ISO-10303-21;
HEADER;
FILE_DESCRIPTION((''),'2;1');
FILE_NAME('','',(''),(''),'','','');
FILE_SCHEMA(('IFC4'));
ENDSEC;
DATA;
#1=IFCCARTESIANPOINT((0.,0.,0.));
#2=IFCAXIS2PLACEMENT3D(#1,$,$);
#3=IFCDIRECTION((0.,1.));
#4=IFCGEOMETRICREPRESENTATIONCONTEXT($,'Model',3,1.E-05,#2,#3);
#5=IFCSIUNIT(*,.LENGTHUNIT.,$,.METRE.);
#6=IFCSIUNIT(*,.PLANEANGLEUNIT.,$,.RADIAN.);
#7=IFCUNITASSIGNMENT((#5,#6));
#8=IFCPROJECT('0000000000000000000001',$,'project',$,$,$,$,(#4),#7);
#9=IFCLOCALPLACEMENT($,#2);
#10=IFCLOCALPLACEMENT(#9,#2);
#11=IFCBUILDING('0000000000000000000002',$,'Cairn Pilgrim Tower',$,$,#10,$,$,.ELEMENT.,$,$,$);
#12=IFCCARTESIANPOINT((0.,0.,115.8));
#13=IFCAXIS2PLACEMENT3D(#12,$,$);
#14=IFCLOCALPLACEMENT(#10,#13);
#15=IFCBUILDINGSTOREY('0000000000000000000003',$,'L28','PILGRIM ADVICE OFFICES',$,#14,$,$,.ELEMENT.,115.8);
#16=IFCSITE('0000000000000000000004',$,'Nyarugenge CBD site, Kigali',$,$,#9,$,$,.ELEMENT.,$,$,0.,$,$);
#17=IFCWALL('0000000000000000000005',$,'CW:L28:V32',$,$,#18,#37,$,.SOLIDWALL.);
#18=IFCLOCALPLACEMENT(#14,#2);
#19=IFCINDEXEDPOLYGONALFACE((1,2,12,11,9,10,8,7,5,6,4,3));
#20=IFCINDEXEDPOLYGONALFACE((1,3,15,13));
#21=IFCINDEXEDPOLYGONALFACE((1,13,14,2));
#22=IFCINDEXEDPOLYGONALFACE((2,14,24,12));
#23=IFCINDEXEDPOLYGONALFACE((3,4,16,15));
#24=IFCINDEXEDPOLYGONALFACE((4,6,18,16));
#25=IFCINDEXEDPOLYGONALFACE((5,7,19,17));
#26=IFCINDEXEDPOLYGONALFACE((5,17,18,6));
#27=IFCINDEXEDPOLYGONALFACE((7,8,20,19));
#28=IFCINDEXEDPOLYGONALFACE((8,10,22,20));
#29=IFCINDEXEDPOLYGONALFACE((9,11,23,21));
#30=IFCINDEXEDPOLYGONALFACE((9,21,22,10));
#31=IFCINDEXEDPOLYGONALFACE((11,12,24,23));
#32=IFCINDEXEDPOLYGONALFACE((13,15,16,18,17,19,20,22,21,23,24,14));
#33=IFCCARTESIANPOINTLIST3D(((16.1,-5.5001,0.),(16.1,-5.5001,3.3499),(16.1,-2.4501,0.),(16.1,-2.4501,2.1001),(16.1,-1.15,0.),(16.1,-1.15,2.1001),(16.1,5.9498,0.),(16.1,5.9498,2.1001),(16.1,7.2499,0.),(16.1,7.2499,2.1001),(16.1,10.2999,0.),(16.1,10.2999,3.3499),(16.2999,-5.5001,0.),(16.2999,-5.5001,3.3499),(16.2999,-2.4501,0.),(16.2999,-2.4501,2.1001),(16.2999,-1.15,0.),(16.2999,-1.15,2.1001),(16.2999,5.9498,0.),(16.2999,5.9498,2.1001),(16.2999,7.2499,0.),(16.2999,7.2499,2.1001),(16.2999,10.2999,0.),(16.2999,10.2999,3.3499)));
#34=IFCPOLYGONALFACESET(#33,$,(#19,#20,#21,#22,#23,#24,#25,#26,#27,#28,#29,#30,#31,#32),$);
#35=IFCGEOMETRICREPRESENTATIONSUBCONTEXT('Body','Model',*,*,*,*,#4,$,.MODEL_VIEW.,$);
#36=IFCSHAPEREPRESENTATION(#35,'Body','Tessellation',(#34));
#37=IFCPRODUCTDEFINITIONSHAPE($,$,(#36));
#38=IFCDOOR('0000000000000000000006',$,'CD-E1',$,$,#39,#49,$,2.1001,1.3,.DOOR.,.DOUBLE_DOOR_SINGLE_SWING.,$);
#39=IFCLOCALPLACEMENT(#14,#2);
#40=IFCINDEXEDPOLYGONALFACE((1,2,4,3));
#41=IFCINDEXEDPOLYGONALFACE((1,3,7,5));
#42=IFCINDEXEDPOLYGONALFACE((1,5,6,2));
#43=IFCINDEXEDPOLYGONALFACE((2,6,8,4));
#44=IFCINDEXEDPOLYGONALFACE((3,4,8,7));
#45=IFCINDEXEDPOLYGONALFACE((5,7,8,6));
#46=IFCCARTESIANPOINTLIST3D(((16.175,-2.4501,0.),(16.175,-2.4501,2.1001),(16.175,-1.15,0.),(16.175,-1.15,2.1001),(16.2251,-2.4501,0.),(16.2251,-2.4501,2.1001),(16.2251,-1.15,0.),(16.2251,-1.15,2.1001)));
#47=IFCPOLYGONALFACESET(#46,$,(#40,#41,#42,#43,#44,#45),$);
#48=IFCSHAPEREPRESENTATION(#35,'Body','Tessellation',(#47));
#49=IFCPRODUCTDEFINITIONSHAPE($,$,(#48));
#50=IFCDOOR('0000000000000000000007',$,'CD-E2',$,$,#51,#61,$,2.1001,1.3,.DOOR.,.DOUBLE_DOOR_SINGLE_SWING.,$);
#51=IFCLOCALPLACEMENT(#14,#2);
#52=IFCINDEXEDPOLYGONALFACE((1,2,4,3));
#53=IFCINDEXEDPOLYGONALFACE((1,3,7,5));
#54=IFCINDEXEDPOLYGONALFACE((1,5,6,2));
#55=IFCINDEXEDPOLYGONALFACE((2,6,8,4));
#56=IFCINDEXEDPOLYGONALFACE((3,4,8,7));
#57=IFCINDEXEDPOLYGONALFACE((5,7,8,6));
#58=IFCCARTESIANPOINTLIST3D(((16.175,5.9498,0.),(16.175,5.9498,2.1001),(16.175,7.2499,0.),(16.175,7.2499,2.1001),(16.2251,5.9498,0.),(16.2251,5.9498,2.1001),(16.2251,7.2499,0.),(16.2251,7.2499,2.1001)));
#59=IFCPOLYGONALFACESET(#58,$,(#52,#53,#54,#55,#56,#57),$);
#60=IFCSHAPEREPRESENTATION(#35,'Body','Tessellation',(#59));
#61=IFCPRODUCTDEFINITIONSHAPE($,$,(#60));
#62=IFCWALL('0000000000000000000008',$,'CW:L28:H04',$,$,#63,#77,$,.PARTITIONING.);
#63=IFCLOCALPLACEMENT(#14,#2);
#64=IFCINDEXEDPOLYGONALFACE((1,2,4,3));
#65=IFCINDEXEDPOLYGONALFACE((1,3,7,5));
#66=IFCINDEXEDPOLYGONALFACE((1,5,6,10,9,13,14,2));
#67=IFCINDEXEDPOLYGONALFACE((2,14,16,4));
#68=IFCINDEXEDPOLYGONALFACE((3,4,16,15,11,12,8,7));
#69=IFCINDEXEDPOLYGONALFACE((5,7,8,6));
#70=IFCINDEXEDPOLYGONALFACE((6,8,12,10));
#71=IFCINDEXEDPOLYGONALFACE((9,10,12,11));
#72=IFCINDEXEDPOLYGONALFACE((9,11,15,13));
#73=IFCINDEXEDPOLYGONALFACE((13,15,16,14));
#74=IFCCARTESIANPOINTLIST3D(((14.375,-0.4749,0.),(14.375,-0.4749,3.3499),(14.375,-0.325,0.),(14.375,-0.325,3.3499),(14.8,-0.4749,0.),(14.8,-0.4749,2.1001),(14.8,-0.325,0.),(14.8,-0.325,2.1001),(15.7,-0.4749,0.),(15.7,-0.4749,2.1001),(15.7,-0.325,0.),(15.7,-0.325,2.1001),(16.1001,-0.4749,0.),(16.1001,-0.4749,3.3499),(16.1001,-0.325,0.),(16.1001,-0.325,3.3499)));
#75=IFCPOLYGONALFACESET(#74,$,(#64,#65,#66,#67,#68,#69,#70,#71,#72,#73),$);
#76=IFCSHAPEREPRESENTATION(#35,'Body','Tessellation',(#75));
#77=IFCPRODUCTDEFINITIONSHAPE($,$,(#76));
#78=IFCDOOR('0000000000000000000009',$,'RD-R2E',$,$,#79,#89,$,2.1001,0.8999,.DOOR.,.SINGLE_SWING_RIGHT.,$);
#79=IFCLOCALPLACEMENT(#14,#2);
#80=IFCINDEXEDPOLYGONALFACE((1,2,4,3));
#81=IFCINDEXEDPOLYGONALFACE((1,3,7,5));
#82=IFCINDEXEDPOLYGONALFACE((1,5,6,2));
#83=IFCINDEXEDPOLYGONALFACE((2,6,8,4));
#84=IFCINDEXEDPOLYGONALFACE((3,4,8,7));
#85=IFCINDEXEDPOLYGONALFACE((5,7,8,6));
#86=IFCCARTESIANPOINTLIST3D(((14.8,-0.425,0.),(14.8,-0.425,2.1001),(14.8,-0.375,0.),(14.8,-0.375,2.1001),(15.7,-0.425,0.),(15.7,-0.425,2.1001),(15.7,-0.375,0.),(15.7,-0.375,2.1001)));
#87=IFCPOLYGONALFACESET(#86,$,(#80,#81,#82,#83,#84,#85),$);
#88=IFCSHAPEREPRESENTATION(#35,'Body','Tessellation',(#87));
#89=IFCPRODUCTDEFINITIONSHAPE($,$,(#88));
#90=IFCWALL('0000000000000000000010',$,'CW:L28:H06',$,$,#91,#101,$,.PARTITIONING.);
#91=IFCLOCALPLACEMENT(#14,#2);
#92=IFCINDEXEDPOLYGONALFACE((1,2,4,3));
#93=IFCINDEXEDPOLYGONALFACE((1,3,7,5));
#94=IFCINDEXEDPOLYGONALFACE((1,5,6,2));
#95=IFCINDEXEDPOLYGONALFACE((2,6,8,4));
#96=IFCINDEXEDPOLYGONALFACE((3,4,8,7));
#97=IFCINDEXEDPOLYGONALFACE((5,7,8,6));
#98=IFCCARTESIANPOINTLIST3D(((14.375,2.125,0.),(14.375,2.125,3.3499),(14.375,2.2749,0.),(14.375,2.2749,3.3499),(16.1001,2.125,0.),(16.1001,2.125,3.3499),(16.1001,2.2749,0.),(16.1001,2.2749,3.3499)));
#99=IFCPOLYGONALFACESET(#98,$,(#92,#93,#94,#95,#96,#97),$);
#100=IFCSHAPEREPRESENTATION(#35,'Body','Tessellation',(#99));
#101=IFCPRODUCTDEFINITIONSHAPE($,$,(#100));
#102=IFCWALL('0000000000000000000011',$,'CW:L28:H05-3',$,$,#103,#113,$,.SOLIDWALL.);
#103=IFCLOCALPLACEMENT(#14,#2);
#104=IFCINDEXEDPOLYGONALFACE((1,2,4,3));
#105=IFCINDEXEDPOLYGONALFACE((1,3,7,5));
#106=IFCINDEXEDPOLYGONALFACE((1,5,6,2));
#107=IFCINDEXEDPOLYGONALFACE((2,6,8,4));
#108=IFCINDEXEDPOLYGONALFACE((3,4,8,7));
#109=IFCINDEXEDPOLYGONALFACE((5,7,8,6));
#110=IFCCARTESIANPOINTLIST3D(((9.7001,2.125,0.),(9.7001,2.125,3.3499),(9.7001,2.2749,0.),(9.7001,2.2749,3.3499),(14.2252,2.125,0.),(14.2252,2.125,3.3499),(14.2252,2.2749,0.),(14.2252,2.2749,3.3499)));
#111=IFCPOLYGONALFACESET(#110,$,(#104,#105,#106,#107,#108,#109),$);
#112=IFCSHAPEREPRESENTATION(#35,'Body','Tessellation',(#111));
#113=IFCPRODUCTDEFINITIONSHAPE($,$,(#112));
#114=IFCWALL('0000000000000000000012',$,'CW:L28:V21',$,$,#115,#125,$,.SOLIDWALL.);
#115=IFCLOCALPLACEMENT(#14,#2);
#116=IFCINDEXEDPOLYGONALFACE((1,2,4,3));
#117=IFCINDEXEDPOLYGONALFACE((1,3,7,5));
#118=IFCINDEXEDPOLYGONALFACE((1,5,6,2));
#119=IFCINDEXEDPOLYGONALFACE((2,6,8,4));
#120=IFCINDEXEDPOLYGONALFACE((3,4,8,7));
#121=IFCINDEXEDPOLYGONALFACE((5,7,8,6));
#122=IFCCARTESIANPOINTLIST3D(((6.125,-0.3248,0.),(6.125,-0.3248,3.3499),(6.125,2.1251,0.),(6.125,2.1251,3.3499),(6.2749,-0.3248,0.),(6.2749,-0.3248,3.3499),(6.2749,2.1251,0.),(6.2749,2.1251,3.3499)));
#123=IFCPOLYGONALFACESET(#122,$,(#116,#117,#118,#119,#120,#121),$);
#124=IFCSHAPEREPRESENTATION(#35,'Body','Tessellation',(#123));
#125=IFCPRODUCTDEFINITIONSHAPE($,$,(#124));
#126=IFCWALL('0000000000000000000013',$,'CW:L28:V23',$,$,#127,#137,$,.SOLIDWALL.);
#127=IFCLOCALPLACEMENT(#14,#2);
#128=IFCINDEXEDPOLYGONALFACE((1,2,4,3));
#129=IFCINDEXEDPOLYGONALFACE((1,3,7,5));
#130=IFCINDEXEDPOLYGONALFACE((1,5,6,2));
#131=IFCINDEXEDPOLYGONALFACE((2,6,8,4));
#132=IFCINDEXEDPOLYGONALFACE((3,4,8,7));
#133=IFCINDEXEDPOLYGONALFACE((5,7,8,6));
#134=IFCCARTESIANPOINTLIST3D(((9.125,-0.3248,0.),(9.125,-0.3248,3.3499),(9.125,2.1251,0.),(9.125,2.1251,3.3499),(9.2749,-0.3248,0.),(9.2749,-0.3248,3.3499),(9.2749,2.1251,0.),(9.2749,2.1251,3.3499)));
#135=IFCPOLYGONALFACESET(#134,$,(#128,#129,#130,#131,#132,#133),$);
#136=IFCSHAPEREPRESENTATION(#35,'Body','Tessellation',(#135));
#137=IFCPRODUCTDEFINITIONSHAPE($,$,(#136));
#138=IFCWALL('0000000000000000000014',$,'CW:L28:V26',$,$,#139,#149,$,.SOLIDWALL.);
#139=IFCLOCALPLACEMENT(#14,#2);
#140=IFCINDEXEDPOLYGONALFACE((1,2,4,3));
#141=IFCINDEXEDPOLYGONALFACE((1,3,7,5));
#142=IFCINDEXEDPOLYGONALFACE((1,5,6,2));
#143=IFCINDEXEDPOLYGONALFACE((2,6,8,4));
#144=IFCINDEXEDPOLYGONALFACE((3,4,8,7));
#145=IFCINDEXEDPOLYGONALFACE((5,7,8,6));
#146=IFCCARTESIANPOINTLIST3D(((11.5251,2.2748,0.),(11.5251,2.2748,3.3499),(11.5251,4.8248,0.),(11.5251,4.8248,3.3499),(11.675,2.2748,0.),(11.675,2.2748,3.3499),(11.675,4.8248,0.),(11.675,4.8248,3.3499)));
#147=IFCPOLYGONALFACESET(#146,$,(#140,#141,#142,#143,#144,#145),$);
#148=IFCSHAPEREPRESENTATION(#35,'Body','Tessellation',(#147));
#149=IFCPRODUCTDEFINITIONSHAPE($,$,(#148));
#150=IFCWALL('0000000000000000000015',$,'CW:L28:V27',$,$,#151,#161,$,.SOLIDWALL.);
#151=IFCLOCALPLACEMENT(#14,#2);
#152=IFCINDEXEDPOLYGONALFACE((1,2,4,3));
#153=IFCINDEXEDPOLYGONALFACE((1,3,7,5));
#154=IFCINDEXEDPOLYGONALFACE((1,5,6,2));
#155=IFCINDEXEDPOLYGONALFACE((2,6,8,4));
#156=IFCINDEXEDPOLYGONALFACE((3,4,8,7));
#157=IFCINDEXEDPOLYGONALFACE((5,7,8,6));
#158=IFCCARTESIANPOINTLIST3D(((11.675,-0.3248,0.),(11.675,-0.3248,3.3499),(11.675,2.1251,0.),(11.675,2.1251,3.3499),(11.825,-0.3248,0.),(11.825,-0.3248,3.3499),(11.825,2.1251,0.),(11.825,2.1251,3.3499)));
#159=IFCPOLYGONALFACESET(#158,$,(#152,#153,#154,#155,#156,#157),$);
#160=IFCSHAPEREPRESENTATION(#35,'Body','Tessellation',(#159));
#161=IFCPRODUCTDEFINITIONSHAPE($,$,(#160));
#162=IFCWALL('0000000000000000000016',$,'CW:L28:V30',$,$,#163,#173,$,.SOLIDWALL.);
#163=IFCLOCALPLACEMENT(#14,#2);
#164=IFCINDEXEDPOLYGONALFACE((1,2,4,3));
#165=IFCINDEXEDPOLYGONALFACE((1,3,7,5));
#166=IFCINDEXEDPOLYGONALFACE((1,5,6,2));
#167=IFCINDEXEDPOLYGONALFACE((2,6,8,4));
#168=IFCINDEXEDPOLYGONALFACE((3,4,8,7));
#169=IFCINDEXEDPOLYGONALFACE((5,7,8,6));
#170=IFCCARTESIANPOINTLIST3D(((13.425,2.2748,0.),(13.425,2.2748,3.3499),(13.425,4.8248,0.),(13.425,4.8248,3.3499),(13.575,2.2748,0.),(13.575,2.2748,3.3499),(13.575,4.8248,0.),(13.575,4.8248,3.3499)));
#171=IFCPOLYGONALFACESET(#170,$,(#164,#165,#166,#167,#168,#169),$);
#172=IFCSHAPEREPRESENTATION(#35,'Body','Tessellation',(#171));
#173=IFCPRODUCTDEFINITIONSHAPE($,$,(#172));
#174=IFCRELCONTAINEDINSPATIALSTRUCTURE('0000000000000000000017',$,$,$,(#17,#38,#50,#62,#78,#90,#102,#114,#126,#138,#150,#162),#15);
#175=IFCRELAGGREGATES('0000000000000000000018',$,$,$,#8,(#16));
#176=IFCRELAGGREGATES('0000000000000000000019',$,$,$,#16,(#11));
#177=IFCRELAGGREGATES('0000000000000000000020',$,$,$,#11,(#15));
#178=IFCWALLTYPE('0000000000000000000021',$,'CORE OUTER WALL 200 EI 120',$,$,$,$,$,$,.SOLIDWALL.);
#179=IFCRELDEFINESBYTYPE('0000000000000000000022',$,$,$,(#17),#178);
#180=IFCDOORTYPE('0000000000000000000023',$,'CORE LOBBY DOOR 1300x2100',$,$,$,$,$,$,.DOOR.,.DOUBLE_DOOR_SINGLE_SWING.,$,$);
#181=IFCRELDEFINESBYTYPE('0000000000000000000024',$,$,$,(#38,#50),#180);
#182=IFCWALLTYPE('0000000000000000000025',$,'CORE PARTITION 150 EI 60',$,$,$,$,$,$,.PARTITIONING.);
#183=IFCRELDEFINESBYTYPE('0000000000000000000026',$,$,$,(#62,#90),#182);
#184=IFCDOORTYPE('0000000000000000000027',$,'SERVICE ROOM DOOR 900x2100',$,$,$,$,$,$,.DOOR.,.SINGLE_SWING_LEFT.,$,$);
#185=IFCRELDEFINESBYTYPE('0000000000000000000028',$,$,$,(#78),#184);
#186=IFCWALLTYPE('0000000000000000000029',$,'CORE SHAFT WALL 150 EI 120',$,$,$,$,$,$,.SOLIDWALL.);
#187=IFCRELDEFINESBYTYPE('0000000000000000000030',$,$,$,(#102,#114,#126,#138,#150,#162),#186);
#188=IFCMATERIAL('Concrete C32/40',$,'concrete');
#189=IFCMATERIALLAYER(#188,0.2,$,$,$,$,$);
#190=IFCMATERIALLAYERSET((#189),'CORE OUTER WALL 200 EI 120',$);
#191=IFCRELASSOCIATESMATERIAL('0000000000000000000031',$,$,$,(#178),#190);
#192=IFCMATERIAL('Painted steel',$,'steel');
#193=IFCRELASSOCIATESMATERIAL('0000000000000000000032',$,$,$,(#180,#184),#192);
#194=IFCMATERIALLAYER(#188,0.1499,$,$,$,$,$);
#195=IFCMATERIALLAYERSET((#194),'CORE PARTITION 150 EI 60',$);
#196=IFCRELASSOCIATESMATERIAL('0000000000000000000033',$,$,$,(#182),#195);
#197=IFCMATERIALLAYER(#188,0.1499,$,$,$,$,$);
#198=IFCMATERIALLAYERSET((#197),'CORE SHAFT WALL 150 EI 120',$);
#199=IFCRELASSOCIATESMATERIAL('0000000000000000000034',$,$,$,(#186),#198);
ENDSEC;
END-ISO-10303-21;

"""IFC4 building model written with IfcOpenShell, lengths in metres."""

from ifc_helpers import new_model, si_unit, direction, frame, frame_2d, origin, place, context, subcontext, project, spatial, rectangle, extrude, material, layer, layer_set, type_object, element, fill, save


model = new_model("IFC4")

# Units and contexts
model_context = context("Model", 3, precision=1e-05, world=origin(), true_north=direction((0.0, 1.0)))
body_context = subcontext(model_context, "Body", "Model", "MODEL_VIEW")
ifc_project = project(units=[si_unit("LENGTHUNIT", "METRE"), si_unit("PLANEANGLEUNIT", "RADIAN")], contexts=[model_context])

# Site, building, storey
site_placement = place(None, origin())
site = spatial("IfcSite", under=ifc_project, at=site_placement, Name="Nyarugenge CBD site, Kigali", CompositionType="ELEMENT", RefElevation=0.0)
building_placement = place(site_placement, origin())
building = spatial("IfcBuilding", under=site, at=building_placement, Name="Cairn Pilgrim Tower", CompositionType="ELEMENT")
storey_placement = place(building_placement, frame((0.0, 0.0, 115.8)))
storey = spatial("IfcBuildingStorey", under=building, at=storey_placement, Name="L28", Description="PILGRIM ADVICE OFFICES", CompositionType="ELEMENT", Elevation=115.8)

# Shared definitions
ifc_material_1 = material(Name="Concrete C32/40", Category="concrete")
ifc_layer_1 = layer(ifc_material_1, 0.2)
ifc_layer_set_1 = layer_set([ifc_layer_1], Name="CORE OUTER WALL 200 EI 120")
wall_type_1 = type_object("IfcWallType", Name="CORE OUTER WALL 200 EI 120", PredefinedType="SOLIDWALL", material=ifc_layer_set_1)

# Wall, openings, doors
wall_1_placement = place(storey_placement, frame((16.2, -5.5, 0.0), z_axis=(0.0, 0.0, 1.0), x_axis=(0.0, 1.0, 0.0)))
wall_1 = element("IfcWall", 1, at=wall_1_placement, inside=storey, type_object=wall_type_1, Name="CW:L28:V32", PredefinedType="SOLIDWALL", context=body_context, shape_type="SweptSolid", body=[
    extrude(rectangle(XDim=15.8, YDim=0.2, at=frame_2d((7.8999, 0.0))), origin(), (0.0, 0.0, 1.0), 3.3499),
])
opening_1_placement = place(wall_1_placement, frame((3.05, 0.0, 0.0)))
opening_1 = element("IfcOpeningElement", 2, at=opening_1_placement, cuts=wall_1, PredefinedType="OPENING", context=body_context, shape_type="SweptSolid", body=[
    extrude(rectangle(XDim=1.3, YDim=2.1001, at=frame_2d((0.6499, 1.05))), frame((0.0, 0.1099, 0.0), z_axis=(0.0, -1.0, 0.0), x_axis=(1.0, 0.0, 0.0)), (0.0, 0.0, 1.0), 0.22),
])
opening_2_placement = place(wall_1_placement, frame((11.45, 0.0, 0.0)))
opening_2 = element("IfcOpeningElement", 3, at=opening_2_placement, cuts=wall_1, PredefinedType="OPENING", context=body_context, shape_type="SweptSolid", body=[
    extrude(rectangle(XDim=1.3, YDim=2.1001, at=frame_2d((0.6499, 1.05))), frame((0.0, 0.1099, 0.0), z_axis=(0.0, -1.0, 0.0), x_axis=(1.0, 0.0, 0.0)), (0.0, 0.0, 1.0), 0.22),
])
ifc_material_2 = material(Name="Painted steel", Category="steel")
door_type_1 = type_object("IfcDoorType", Name="CORE LOBBY DOOR 1300x2100", OperationType="DOUBLE_DOOR_SINGLE_SWING", PredefinedType="DOOR", material=ifc_material_2)
door_1_placement = place(opening_1_placement, origin())
door_1 = element("IfcDoor", 4, at=door_1_placement, inside=storey, type_object=door_type_1, Name="CD-E1", OperationType="DOUBLE_DOOR_SINGLE_SWING", OverallHeight=2.1001, OverallWidth=1.3, PredefinedType="DOOR", context=body_context, shape_type="SweptSolid", body=[
    extrude(rectangle(XDim=1.3, YDim=2.1001, at=frame_2d((0.6499, 1.05))), frame((0.0, 0.0249, 0.0), z_axis=(0.0, -1.0, 0.0), x_axis=(1.0, 0.0, 0.0)), (0.0, 0.0, 1.0), 0.05),
])
fill(opening_1, door_1)
door_2_placement = place(opening_2_placement, origin())
door_2 = element("IfcDoor", 5, at=door_2_placement, inside=storey, type_object=door_type_1, Name="CD-E2", OperationType="DOUBLE_DOOR_SINGLE_SWING", OverallHeight=2.1001, OverallWidth=1.3, PredefinedType="DOOR", context=body_context, shape_type="SweptSolid", body=[
    extrude(rectangle(XDim=1.3, YDim=2.1001, at=frame_2d((0.6499, 1.05))), frame((0.0, 0.0249, 0.0), z_axis=(0.0, -1.0, 0.0), x_axis=(1.0, 0.0, 0.0)), (0.0, 0.0, 1.0), 0.05),
])
fill(opening_2, door_2)

# Wall, opening, door
ifc_layer_2 = layer(ifc_material_1, 0.1499)
ifc_layer_set_2 = layer_set([ifc_layer_2], Name="CORE PARTITION 150 EI 60")
wall_type_2 = type_object("IfcWallType", Name="CORE PARTITION 150 EI 60", PredefinedType="PARTITIONING", material=ifc_layer_set_2)
wall_2_placement = place(storey_placement, frame((14.375, -0.3999, 0.0), z_axis=(0.0, 0.0, 1.0), x_axis=(1.0, 0.0, 0.0)))
wall_2 = element("IfcWall", 6, at=wall_2_placement, inside=storey, type_object=wall_type_2, Name="CW:L28:H04", PredefinedType="PARTITIONING", context=body_context, shape_type="SweptSolid", body=[
    extrude(rectangle(XDim=1.7251, YDim=0.1499, at=frame_2d((0.8625, 0.0))), origin(), (0.0, 0.0, 1.0), 3.3499),
])
opening_3_placement = place(wall_2_placement, frame((0.425, 0.0, 0.0)))
opening_3 = element("IfcOpeningElement", 7, at=opening_3_placement, cuts=wall_2, PredefinedType="OPENING", context=body_context, shape_type="SweptSolid", body=[
    extrude(rectangle(XDim=0.8999, YDim=2.1001, at=frame_2d((0.45, 1.05))), frame((0.0, 0.085, 0.0), z_axis=(0.0, -1.0, 0.0), x_axis=(1.0, 0.0, 0.0)), (0.0, 0.0, 1.0), 0.1699),
])
door_type_2 = type_object("IfcDoorType", Name="SERVICE ROOM DOOR 900x2100", OperationType="SINGLE_SWING_LEFT", PredefinedType="DOOR", material=ifc_material_2)
door_3_placement = place(opening_3_placement, origin())
door_3 = element("IfcDoor", 8, at=door_3_placement, inside=storey, type_object=door_type_2, Name="RD-R2E", OperationType="SINGLE_SWING_RIGHT", OverallHeight=2.1001, OverallWidth=0.8999, PredefinedType="DOOR", context=body_context, shape_type="SweptSolid", body=[
    extrude(rectangle(XDim=0.8999, YDim=2.1001, at=frame_2d((0.45, 1.05))), frame((0.0, 0.0249, 0.0), z_axis=(0.0, -1.0, 0.0), x_axis=(1.0, 0.0, 0.0)), (0.0, 0.0, 1.0), 0.05),
])
fill(opening_3, door_3)

# Walls
wall_3_placement = place(storey_placement, frame((14.375, 2.2, 0.0), z_axis=(0.0, 0.0, 1.0), x_axis=(1.0, 0.0, 0.0)))
element("IfcWall", 9, at=wall_3_placement, inside=storey, type_object=wall_type_2, Name="CW:L28:H06", PredefinedType="PARTITIONING", context=body_context, shape_type="SweptSolid", body=[
    extrude(rectangle(XDim=1.7251, YDim=0.1499, at=frame_2d((0.8625, 0.0))), origin(), (0.0, 0.0, 1.0), 3.3499),
])
ifc_layer_3 = layer(ifc_material_1, 0.1499)
ifc_layer_set_3 = layer_set([ifc_layer_3], Name="CORE SHAFT WALL 150 EI 120")
wall_type_3 = type_object("IfcWallType", Name="CORE SHAFT WALL 150 EI 120", PredefinedType="SOLIDWALL", material=ifc_layer_set_3)
wall_4_placement = place(storey_placement, frame((9.7, 2.2, 0.0), z_axis=(0.0, 0.0, 1.0), x_axis=(1.0, 0.0, 0.0)))
element("IfcWall", 10, at=wall_4_placement, inside=storey, type_object=wall_type_3, Name="CW:L28:H05-3", PredefinedType="SOLIDWALL", context=body_context, shape_type="SweptSolid", body=[
    extrude(rectangle(XDim=4.5251, YDim=0.1499, at=frame_2d((2.2627, 0.0))), origin(), (0.0, 0.0, 1.0), 3.3499),
])
for number, where, z_axis, x_axis, name in (
    (11, (6.2, -0.325, 0.0), (0.0, 0.0, 1.0), (0.0, 1.0, 0.0), "CW:L28:V21"),
    (12, (9.2, -0.325, 0.0), (0.0, 0.0, 1.0), (0.0, 1.0, 0.0), "CW:L28:V23"),
):
    element("IfcWall", number, at=place(storey_placement, frame(where, z_axis=z_axis, x_axis=x_axis)), inside=storey, type_object=wall_type_3, Name=name, PredefinedType="SOLIDWALL", context=body_context, shape_type="SweptSolid", body=[
        extrude(rectangle(XDim=2.45, YDim=0.1499, at=frame_2d((1.2251, 0.0))), origin(), (0.0, 0.0, 1.0), 3.3499),
    ])
wall_5_placement = place(storey_placement, frame((11.6001, 2.2749, 0.0), z_axis=(0.0, 0.0, 1.0), x_axis=(0.0, 1.0, 0.0)))
element("IfcWall", 13, at=wall_5_placement, inside=storey, type_object=wall_type_3, Name="CW:L28:V26", PredefinedType="SOLIDWALL", context=body_context, shape_type="SweptSolid", body=[
    extrude(rectangle(XDim=2.55, YDim=0.1499, at=frame_2d((1.2749, 0.0))), origin(), (0.0, 0.0, 1.0), 3.3499),
])
wall_6_placement = place(storey_placement, frame((11.75, -0.325, 0.0), z_axis=(0.0, 0.0, 1.0), x_axis=(0.0, 1.0, 0.0)))
element("IfcWall", 14, at=wall_6_placement, inside=storey, type_object=wall_type_3, Name="CW:L28:V27", PredefinedType="SOLIDWALL", context=body_context, shape_type="SweptSolid", body=[
    extrude(rectangle(XDim=2.45, YDim=0.1499, at=frame_2d((1.2251, 0.0))), origin(), (0.0, 0.0, 1.0), 3.3499),
])
wall_7_placement = place(storey_placement, frame((13.5, 2.2749, 0.0), z_axis=(0.0, 0.0, 1.0), x_axis=(0.0, 1.0, 0.0)))
element("IfcWall", 15, at=wall_7_placement, inside=storey, type_object=wall_type_3, Name="CW:L28:V30", PredefinedType="SOLIDWALL", context=body_context, shape_type="SweptSolid", body=[
    extrude(rectangle(XDim=2.55, YDim=0.1499, at=frame_2d((1.2749, 0.0))), origin(), (0.0, 0.0, 1.0), 3.3499),
])

save(model, "model.ifc")
